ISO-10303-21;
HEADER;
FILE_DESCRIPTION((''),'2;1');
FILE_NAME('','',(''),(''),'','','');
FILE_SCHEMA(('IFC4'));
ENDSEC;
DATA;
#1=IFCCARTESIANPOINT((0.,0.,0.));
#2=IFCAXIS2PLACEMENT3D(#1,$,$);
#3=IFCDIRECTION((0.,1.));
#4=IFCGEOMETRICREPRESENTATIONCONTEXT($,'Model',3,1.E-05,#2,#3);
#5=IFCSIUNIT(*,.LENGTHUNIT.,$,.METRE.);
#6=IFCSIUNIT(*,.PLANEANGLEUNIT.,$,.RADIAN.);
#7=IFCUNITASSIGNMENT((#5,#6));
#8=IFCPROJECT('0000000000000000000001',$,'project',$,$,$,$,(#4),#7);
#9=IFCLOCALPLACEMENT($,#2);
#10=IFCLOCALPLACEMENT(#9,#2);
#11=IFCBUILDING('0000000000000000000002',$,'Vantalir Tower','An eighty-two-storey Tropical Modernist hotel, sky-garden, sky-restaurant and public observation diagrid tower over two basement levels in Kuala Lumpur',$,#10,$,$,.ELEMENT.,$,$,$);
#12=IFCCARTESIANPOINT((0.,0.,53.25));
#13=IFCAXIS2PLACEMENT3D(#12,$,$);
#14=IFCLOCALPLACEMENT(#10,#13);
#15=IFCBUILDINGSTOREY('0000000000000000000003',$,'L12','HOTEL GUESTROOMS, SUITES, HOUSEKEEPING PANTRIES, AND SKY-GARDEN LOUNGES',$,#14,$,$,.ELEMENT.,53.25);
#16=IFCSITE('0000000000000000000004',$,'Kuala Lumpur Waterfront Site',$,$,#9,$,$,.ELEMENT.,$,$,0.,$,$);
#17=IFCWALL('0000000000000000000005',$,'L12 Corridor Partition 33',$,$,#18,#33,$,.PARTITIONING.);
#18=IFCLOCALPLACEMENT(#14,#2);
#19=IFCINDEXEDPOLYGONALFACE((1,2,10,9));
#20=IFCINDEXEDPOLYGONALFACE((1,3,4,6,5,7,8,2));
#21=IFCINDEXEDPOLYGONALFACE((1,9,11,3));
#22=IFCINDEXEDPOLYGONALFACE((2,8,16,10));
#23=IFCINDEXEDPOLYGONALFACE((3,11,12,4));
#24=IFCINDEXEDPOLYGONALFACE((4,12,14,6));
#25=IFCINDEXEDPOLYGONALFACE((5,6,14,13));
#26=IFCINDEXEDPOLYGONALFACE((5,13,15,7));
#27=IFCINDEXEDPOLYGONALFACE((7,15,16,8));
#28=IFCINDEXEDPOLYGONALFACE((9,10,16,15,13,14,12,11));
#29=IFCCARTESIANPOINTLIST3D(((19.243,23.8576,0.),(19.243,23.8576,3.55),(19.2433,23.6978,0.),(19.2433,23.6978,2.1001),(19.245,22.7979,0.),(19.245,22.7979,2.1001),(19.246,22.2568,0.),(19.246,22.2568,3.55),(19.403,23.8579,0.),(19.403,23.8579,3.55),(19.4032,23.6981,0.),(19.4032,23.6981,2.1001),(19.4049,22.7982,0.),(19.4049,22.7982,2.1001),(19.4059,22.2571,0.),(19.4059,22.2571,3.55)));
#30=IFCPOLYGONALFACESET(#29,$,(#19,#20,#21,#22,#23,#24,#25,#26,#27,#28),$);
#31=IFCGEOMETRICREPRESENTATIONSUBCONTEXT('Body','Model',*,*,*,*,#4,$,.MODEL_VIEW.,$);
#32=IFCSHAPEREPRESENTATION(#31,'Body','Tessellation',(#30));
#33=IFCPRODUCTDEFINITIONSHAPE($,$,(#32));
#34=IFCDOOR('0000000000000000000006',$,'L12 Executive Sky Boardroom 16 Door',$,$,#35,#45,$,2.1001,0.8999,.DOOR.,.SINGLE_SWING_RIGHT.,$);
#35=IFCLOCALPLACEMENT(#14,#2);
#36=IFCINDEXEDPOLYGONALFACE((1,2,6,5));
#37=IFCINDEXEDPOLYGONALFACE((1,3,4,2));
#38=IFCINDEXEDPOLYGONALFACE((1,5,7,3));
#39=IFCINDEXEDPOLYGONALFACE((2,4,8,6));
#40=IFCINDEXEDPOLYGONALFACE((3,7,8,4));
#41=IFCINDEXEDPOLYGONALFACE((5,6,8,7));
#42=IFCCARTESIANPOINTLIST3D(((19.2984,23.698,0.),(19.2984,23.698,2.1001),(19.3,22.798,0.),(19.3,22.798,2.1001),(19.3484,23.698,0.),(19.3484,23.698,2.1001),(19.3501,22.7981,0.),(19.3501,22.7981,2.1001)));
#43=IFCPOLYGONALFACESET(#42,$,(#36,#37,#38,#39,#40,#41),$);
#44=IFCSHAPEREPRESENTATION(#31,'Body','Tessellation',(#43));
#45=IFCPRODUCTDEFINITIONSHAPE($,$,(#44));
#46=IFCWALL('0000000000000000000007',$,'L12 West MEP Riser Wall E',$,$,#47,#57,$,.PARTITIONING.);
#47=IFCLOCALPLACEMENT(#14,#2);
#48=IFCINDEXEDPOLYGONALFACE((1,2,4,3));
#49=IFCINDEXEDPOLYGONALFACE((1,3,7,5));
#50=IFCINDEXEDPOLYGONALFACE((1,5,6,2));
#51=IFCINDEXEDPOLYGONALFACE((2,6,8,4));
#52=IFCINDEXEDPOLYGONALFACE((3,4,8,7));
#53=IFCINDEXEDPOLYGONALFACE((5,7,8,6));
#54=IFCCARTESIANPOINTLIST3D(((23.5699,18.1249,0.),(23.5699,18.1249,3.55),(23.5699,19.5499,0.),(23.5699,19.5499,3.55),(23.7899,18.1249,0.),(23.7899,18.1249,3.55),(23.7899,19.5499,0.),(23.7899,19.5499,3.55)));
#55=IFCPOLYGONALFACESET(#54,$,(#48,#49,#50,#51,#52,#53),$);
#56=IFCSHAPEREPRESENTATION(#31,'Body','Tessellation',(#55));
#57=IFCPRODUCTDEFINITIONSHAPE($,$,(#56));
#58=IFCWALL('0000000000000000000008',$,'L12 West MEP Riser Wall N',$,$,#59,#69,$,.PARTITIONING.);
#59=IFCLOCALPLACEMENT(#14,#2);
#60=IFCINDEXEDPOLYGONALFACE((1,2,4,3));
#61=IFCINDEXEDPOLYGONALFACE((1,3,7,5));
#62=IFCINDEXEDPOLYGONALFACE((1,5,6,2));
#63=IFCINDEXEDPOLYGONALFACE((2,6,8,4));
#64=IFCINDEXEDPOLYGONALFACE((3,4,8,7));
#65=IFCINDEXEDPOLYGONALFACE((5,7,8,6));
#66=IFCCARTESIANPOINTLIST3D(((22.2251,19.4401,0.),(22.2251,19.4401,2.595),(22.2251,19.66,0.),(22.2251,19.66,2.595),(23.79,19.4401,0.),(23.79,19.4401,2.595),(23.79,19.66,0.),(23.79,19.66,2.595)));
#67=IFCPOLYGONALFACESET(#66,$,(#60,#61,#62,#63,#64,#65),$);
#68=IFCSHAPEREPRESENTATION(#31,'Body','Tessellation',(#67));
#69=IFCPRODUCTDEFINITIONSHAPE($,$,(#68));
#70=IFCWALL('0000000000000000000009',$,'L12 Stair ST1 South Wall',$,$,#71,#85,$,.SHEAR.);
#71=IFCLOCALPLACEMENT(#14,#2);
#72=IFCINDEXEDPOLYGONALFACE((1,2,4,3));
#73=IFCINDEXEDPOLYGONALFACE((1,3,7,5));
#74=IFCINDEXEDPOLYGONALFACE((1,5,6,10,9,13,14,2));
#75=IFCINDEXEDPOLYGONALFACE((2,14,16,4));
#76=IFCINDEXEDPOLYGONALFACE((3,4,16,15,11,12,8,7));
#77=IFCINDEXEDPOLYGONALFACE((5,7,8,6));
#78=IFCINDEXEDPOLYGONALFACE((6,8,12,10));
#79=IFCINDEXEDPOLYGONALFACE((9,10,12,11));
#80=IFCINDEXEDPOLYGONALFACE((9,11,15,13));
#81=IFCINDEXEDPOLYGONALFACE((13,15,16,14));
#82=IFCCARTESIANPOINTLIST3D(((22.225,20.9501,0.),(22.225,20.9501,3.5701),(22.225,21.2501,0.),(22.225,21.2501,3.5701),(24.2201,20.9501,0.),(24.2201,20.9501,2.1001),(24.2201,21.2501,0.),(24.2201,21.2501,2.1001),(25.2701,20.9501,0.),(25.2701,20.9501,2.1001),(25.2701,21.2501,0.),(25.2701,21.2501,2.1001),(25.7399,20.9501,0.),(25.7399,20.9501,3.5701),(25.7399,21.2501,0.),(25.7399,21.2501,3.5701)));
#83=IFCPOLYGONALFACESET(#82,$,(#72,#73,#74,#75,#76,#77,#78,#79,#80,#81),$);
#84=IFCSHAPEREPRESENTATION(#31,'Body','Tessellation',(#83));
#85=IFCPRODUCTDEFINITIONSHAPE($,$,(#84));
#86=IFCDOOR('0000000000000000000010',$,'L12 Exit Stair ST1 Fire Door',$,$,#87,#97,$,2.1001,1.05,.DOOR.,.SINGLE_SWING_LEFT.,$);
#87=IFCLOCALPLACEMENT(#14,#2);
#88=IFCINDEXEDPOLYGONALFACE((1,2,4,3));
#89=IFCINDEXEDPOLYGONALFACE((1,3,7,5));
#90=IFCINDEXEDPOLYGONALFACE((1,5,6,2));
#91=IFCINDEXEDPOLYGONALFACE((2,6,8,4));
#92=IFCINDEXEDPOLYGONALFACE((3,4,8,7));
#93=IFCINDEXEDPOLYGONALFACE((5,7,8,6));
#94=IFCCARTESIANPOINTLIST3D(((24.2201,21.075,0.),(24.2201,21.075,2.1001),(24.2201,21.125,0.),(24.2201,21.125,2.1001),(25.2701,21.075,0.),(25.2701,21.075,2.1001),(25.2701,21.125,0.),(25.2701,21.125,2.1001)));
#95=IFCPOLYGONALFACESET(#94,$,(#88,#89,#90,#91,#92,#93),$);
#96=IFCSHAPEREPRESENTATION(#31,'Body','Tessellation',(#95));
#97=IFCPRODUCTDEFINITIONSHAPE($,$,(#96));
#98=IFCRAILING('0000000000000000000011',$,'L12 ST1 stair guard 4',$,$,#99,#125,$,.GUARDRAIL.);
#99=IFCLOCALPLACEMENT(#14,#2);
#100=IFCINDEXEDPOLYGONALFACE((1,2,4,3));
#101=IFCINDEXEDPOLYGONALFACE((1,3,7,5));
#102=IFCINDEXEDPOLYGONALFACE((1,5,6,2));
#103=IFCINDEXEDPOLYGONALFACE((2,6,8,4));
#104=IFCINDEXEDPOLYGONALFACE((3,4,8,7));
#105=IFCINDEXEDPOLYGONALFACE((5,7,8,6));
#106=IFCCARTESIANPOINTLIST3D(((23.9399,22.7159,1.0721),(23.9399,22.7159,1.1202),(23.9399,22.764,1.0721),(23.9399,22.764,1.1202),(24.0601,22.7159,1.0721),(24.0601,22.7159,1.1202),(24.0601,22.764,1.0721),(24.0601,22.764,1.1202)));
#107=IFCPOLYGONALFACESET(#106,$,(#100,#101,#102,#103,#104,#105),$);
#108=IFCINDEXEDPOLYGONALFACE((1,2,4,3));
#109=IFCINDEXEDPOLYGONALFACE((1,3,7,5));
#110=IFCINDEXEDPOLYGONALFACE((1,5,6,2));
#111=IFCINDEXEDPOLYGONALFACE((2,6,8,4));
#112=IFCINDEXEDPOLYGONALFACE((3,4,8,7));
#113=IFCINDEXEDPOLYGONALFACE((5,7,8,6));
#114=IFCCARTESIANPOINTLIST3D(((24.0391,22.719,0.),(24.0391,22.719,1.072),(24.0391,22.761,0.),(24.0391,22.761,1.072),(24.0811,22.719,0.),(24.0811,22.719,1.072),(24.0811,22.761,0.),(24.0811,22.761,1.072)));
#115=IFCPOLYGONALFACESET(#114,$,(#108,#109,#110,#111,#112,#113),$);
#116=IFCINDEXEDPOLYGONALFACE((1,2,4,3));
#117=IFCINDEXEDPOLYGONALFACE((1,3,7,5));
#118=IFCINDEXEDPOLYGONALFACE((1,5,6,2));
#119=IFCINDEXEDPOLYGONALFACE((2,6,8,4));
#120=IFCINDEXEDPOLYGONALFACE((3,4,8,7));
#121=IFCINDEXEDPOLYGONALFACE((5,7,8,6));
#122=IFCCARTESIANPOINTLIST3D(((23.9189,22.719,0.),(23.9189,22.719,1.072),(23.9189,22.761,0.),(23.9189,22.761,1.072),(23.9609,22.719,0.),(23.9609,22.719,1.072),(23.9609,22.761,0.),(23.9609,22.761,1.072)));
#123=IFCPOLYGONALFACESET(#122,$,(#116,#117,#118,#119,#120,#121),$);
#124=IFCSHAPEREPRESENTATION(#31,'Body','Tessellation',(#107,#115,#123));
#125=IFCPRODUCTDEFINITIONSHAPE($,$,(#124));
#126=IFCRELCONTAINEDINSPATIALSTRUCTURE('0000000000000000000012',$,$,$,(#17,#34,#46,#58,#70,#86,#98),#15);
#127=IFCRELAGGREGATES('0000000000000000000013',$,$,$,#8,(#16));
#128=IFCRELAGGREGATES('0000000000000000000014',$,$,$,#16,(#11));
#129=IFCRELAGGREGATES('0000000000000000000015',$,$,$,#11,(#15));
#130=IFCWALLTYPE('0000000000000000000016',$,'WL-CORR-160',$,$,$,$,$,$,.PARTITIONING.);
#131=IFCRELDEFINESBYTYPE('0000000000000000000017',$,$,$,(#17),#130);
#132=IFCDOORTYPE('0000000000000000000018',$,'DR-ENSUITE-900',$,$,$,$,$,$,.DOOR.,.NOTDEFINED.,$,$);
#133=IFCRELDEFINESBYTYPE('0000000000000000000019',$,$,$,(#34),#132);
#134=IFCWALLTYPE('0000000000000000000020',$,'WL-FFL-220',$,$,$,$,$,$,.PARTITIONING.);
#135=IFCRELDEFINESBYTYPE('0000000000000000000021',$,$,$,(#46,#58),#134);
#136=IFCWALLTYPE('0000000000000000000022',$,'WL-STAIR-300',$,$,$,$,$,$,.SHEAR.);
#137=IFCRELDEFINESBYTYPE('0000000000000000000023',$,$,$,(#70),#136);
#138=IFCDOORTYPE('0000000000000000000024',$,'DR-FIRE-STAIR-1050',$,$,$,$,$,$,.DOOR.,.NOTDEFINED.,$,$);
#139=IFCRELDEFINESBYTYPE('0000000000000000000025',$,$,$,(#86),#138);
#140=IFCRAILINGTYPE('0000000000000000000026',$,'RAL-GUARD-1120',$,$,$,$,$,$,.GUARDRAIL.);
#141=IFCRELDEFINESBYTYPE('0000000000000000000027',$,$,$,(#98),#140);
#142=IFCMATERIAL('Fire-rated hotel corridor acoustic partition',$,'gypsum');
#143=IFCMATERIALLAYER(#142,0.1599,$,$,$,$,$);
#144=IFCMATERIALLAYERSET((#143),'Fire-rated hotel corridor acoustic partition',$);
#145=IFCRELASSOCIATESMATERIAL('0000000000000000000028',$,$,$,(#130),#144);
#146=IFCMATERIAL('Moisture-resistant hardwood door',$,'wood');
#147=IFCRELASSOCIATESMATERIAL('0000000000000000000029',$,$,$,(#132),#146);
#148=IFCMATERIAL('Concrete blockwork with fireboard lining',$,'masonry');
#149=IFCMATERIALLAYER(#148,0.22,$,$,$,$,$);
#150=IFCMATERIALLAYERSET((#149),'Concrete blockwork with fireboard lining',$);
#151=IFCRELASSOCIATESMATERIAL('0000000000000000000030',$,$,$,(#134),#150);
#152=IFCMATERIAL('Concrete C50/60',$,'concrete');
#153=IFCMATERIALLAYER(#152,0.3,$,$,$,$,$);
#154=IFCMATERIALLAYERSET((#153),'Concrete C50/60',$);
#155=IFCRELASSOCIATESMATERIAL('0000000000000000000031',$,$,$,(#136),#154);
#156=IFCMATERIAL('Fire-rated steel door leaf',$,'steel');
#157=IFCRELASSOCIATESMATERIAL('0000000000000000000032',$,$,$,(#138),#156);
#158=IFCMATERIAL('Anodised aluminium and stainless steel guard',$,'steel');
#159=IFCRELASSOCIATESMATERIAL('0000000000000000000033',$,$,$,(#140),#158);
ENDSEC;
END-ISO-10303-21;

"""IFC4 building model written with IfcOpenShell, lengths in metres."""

from ifc_helpers import new_model, si_unit, direction, frame, frame_2d, origin, origin_2d, place, context, subcontext, project, spatial, rectangle, extrude, material, layer, layer_set, type_object, element, fill, save


model = new_model("IFC4")

# Units and contexts
model_context = context("Model", 3, precision=1e-05, world=origin(), true_north=direction((0.0, 1.0)))
body_context = subcontext(model_context, "Body", "Model", "MODEL_VIEW")
ifc_project = project(units=[si_unit("LENGTHUNIT", "METRE"), si_unit("PLANEANGLEUNIT", "RADIAN")], contexts=[model_context])

# Site, building, storey
site_placement = place(None, origin())
site = spatial("IfcSite", under=ifc_project, at=site_placement, Name="Kuala Lumpur Waterfront Site", CompositionType="ELEMENT", RefElevation=0.0)
building_placement = place(site_placement, origin())
building = spatial("IfcBuilding", under=site, at=building_placement, Name="Vantalir Tower", Description="An eighty-two-storey Tropical Modernist hotel, sky-garden, sky-restaurant and public observation diagrid tower over two basement levels in Kuala Lumpur", CompositionType="ELEMENT")
storey_placement = place(building_placement, frame((0.0, 0.0, 53.25)))
storey = spatial("IfcBuildingStorey", under=building, at=storey_placement, Name="L12", Description="HOTEL GUESTROOMS, SUITES, HOUSEKEEPING PANTRIES, AND SKY-GARDEN LOUNGES", CompositionType="ELEMENT", Elevation=53.25)

# Wall, opening, door
ifc_material_1 = material(Name="Fire-rated hotel corridor acoustic partition", Category="gypsum")
ifc_layer_1 = layer(ifc_material_1, 0.1599)
ifc_layer_set_1 = layer_set([ifc_layer_1], Name="Fire-rated hotel corridor acoustic partition")
wall_type_1 = type_object("IfcWallType", Name="WL-CORR-160", PredefinedType="PARTITIONING", material=ifc_layer_set_1)
wall_1_placement = place(storey_placement, frame((19.3259, 22.2571, 0.0), z_axis=(0.0, 0.0, 1.0), x_axis=(-0.00183, 0.999998, 0.0)))
wall_1 = element("IfcWall", 1, at=wall_1_placement, inside=storey, type_object=wall_type_1, Name="L12 Corridor Partition 33", PredefinedType="PARTITIONING", context=body_context, shape_type="SweptSolid", body=[
    extrude(rectangle(XDim=1.6008, YDim=0.1599, at=frame_2d((0.8003, 0.0))), origin(), (0.0, 0.0, 1.0), 3.55),
])
opening_1_placement = place(wall_1_placement, frame((0.541, 0.0, 0.0)))
opening_1 = element("IfcOpeningElement", 2, at=opening_1_placement, cuts=wall_1, PredefinedType="OPENING", context=body_context, shape_type="SweptSolid", body=[
    extrude(rectangle(XDim=0.8999, YDim=2.1001, at=frame_2d((0.45, 1.05))), frame((0.0, 0.0898, 0.0), z_axis=(0.0, -1.0, 0.0), x_axis=(1.0, 0.0, 0.0)), (0.0, 0.0, 1.0), 0.1799),
])
ifc_material_2 = material(Name="Moisture-resistant hardwood door", Category="wood")
door_type_1 = type_object("IfcDoorType", Name="DR-ENSUITE-900", OperationType="NOTDEFINED", PredefinedType="DOOR", material=ifc_material_2)
door_1_placement = place(opening_1_placement, origin())
door_1 = element("IfcDoor", 3, at=door_1_placement, inside=storey, type_object=door_type_1, Name="L12 Executive Sky Boardroom 16 Door", OperationType="SINGLE_SWING_RIGHT", OverallHeight=2.1001, OverallWidth=0.8999, PredefinedType="DOOR", context=body_context, shape_type="SweptSolid", body=[
    extrude(rectangle(XDim=0.8999, YDim=2.1001, at=frame_2d((0.45, 1.05))), frame((0.0, 0.0249, 0.0), z_axis=(0.0, -1.0, 0.0), x_axis=(1.0, 0.0, 0.0)), (0.0, 0.0, 1.0), 0.05),
])
fill(opening_1, door_1)

# Walls
ifc_material_3 = material(Name="Concrete blockwork with fireboard lining", Category="masonry")
ifc_layer_2 = layer(ifc_material_3, 0.22)
ifc_layer_set_2 = layer_set([ifc_layer_2], Name="Concrete blockwork with fireboard lining")
wall_type_2 = type_object("IfcWallType", Name="WL-FFL-220", PredefinedType="PARTITIONING", material=ifc_layer_set_2)
wall_2_placement = place(storey_placement, frame((23.6799, 18.125, 0.0), z_axis=(0.0, 0.0, 1.0), x_axis=(0.0, 1.0, 0.0)))
element("IfcWall", 4, at=wall_2_placement, inside=storey, type_object=wall_type_2, Name="L12 West MEP Riser Wall E", PredefinedType="PARTITIONING", context=body_context, shape_type="SweptSolid", body=[
    extrude(rectangle(XDim=1.425, YDim=0.22, at=frame_2d((0.7124, 0.0))), origin(), (0.0, 0.0, 1.0), 3.55),
])
wall_3_placement = place(storey_placement, frame((22.2251, 19.55, 0.0), z_axis=(0.0, 0.0, 1.0), x_axis=(1.0, 0.0, 0.0)))
element("IfcWall", 5, at=wall_3_placement, inside=storey, type_object=wall_type_2, Name="L12 West MEP Riser Wall N", PredefinedType="PARTITIONING", context=body_context, shape_type="SweptSolid", body=[
    extrude(rectangle(XDim=1.5649, YDim=0.22, at=frame_2d((0.7825, 0.0))), origin(), (0.0, 0.0, 1.0), 2.595),
])

# Wall, opening, door
ifc_material_4 = material(Name="Concrete C50/60", Category="concrete")
ifc_layer_3 = layer(ifc_material_4, 0.3)
ifc_layer_set_3 = layer_set([ifc_layer_3], Name="Concrete C50/60")
wall_type_3 = type_object("IfcWallType", Name="WL-STAIR-300", PredefinedType="SHEAR", material=ifc_layer_set_3)
wall_4_placement = place(storey_placement, frame((22.2251, 21.1001, 0.0), z_axis=(0.0, 0.0, 1.0), x_axis=(1.0, 0.0, 0.0)))
wall_4 = element("IfcWall", 6, at=wall_4_placement, inside=storey, type_object=wall_type_3, Name="L12 Stair ST1 South Wall", PredefinedType="SHEAR", context=body_context, shape_type="SweptSolid", body=[
    extrude(rectangle(XDim=3.5149, YDim=0.3, at=frame_2d((1.7573, 0.0))), origin(), (0.0, 0.0, 1.0), 3.5701),
])
opening_2_placement = place(wall_4_placement, frame((1.9951, 0.0, 0.0)))
opening_2 = element("IfcOpeningElement", 7, at=opening_2_placement, cuts=wall_4, PredefinedType="OPENING", context=body_context, shape_type="SweptSolid", body=[
    extrude(rectangle(XDim=1.05, YDim=2.1001, at=frame_2d((0.5249, 1.05))), frame((0.0, 0.1599, 0.0), z_axis=(0.0, -1.0, 0.0), x_axis=(1.0, 0.0, 0.0)), (0.0, 0.0, 1.0), 0.3201),
])
ifc_material_5 = material(Name="Fire-rated steel door leaf", Category="steel")
door_type_2 = type_object("IfcDoorType", Name="DR-FIRE-STAIR-1050", OperationType="NOTDEFINED", PredefinedType="DOOR", material=ifc_material_5)
door_2_placement = place(opening_2_placement, origin())
door_2 = element("IfcDoor", 8, at=door_2_placement, inside=storey, type_object=door_type_2, Name="L12 Exit Stair ST1 Fire Door", OperationType="SINGLE_SWING_LEFT", OverallHeight=2.1001, OverallWidth=1.05, PredefinedType="DOOR", context=body_context, shape_type="SweptSolid", body=[
    extrude(rectangle(XDim=1.05, YDim=2.1001, at=frame_2d((0.5249, 1.05))), frame((0.0, 0.0249, 0.0), z_axis=(0.0, -1.0, 0.0), x_axis=(1.0, 0.0, 0.0)), (0.0, 0.0, 1.0), 0.05),
])
fill(opening_2, door_2)

# Railing
ifc_material_6 = material(Name="Anodised aluminium and stainless steel guard", Category="steel")
railing_type = type_object("IfcRailingType", Name="RAL-GUARD-1120", PredefinedType="GUARDRAIL", material=ifc_material_6)
railing_placement = place(storey_placement, frame((24.0601, 22.74, 0.0)))
element("IfcRailing", 9, at=railing_placement, inside=storey, type_object=railing_type, Name="L12 ST1 stair guard 4", PredefinedType="GUARDRAIL", context=body_context, shape_type="SweptSolid", body=[
    extrude(rectangle(XDim=0.0481, YDim=0.0481, at=origin_2d()), frame((0.0, 0.0, 1.0962), z_axis=(-1.0, 0.0, 0.0), x_axis=(0.0, -1.0, 0.0)), (0.0, 0.0, 1.0), 0.1201),
    extrude(rectangle(XDim=0.042, YDim=0.042, at=origin_2d()), origin(), (0.0, 0.0, 1.0), 1.072),
    extrude(rectangle(XDim=0.042, YDim=0.042, at=origin_2d()), frame((-0.1201, 0.0, 0.0)), (0.0, 0.0, 1.0), 1.072),
])

save(model, "model.ifc")
